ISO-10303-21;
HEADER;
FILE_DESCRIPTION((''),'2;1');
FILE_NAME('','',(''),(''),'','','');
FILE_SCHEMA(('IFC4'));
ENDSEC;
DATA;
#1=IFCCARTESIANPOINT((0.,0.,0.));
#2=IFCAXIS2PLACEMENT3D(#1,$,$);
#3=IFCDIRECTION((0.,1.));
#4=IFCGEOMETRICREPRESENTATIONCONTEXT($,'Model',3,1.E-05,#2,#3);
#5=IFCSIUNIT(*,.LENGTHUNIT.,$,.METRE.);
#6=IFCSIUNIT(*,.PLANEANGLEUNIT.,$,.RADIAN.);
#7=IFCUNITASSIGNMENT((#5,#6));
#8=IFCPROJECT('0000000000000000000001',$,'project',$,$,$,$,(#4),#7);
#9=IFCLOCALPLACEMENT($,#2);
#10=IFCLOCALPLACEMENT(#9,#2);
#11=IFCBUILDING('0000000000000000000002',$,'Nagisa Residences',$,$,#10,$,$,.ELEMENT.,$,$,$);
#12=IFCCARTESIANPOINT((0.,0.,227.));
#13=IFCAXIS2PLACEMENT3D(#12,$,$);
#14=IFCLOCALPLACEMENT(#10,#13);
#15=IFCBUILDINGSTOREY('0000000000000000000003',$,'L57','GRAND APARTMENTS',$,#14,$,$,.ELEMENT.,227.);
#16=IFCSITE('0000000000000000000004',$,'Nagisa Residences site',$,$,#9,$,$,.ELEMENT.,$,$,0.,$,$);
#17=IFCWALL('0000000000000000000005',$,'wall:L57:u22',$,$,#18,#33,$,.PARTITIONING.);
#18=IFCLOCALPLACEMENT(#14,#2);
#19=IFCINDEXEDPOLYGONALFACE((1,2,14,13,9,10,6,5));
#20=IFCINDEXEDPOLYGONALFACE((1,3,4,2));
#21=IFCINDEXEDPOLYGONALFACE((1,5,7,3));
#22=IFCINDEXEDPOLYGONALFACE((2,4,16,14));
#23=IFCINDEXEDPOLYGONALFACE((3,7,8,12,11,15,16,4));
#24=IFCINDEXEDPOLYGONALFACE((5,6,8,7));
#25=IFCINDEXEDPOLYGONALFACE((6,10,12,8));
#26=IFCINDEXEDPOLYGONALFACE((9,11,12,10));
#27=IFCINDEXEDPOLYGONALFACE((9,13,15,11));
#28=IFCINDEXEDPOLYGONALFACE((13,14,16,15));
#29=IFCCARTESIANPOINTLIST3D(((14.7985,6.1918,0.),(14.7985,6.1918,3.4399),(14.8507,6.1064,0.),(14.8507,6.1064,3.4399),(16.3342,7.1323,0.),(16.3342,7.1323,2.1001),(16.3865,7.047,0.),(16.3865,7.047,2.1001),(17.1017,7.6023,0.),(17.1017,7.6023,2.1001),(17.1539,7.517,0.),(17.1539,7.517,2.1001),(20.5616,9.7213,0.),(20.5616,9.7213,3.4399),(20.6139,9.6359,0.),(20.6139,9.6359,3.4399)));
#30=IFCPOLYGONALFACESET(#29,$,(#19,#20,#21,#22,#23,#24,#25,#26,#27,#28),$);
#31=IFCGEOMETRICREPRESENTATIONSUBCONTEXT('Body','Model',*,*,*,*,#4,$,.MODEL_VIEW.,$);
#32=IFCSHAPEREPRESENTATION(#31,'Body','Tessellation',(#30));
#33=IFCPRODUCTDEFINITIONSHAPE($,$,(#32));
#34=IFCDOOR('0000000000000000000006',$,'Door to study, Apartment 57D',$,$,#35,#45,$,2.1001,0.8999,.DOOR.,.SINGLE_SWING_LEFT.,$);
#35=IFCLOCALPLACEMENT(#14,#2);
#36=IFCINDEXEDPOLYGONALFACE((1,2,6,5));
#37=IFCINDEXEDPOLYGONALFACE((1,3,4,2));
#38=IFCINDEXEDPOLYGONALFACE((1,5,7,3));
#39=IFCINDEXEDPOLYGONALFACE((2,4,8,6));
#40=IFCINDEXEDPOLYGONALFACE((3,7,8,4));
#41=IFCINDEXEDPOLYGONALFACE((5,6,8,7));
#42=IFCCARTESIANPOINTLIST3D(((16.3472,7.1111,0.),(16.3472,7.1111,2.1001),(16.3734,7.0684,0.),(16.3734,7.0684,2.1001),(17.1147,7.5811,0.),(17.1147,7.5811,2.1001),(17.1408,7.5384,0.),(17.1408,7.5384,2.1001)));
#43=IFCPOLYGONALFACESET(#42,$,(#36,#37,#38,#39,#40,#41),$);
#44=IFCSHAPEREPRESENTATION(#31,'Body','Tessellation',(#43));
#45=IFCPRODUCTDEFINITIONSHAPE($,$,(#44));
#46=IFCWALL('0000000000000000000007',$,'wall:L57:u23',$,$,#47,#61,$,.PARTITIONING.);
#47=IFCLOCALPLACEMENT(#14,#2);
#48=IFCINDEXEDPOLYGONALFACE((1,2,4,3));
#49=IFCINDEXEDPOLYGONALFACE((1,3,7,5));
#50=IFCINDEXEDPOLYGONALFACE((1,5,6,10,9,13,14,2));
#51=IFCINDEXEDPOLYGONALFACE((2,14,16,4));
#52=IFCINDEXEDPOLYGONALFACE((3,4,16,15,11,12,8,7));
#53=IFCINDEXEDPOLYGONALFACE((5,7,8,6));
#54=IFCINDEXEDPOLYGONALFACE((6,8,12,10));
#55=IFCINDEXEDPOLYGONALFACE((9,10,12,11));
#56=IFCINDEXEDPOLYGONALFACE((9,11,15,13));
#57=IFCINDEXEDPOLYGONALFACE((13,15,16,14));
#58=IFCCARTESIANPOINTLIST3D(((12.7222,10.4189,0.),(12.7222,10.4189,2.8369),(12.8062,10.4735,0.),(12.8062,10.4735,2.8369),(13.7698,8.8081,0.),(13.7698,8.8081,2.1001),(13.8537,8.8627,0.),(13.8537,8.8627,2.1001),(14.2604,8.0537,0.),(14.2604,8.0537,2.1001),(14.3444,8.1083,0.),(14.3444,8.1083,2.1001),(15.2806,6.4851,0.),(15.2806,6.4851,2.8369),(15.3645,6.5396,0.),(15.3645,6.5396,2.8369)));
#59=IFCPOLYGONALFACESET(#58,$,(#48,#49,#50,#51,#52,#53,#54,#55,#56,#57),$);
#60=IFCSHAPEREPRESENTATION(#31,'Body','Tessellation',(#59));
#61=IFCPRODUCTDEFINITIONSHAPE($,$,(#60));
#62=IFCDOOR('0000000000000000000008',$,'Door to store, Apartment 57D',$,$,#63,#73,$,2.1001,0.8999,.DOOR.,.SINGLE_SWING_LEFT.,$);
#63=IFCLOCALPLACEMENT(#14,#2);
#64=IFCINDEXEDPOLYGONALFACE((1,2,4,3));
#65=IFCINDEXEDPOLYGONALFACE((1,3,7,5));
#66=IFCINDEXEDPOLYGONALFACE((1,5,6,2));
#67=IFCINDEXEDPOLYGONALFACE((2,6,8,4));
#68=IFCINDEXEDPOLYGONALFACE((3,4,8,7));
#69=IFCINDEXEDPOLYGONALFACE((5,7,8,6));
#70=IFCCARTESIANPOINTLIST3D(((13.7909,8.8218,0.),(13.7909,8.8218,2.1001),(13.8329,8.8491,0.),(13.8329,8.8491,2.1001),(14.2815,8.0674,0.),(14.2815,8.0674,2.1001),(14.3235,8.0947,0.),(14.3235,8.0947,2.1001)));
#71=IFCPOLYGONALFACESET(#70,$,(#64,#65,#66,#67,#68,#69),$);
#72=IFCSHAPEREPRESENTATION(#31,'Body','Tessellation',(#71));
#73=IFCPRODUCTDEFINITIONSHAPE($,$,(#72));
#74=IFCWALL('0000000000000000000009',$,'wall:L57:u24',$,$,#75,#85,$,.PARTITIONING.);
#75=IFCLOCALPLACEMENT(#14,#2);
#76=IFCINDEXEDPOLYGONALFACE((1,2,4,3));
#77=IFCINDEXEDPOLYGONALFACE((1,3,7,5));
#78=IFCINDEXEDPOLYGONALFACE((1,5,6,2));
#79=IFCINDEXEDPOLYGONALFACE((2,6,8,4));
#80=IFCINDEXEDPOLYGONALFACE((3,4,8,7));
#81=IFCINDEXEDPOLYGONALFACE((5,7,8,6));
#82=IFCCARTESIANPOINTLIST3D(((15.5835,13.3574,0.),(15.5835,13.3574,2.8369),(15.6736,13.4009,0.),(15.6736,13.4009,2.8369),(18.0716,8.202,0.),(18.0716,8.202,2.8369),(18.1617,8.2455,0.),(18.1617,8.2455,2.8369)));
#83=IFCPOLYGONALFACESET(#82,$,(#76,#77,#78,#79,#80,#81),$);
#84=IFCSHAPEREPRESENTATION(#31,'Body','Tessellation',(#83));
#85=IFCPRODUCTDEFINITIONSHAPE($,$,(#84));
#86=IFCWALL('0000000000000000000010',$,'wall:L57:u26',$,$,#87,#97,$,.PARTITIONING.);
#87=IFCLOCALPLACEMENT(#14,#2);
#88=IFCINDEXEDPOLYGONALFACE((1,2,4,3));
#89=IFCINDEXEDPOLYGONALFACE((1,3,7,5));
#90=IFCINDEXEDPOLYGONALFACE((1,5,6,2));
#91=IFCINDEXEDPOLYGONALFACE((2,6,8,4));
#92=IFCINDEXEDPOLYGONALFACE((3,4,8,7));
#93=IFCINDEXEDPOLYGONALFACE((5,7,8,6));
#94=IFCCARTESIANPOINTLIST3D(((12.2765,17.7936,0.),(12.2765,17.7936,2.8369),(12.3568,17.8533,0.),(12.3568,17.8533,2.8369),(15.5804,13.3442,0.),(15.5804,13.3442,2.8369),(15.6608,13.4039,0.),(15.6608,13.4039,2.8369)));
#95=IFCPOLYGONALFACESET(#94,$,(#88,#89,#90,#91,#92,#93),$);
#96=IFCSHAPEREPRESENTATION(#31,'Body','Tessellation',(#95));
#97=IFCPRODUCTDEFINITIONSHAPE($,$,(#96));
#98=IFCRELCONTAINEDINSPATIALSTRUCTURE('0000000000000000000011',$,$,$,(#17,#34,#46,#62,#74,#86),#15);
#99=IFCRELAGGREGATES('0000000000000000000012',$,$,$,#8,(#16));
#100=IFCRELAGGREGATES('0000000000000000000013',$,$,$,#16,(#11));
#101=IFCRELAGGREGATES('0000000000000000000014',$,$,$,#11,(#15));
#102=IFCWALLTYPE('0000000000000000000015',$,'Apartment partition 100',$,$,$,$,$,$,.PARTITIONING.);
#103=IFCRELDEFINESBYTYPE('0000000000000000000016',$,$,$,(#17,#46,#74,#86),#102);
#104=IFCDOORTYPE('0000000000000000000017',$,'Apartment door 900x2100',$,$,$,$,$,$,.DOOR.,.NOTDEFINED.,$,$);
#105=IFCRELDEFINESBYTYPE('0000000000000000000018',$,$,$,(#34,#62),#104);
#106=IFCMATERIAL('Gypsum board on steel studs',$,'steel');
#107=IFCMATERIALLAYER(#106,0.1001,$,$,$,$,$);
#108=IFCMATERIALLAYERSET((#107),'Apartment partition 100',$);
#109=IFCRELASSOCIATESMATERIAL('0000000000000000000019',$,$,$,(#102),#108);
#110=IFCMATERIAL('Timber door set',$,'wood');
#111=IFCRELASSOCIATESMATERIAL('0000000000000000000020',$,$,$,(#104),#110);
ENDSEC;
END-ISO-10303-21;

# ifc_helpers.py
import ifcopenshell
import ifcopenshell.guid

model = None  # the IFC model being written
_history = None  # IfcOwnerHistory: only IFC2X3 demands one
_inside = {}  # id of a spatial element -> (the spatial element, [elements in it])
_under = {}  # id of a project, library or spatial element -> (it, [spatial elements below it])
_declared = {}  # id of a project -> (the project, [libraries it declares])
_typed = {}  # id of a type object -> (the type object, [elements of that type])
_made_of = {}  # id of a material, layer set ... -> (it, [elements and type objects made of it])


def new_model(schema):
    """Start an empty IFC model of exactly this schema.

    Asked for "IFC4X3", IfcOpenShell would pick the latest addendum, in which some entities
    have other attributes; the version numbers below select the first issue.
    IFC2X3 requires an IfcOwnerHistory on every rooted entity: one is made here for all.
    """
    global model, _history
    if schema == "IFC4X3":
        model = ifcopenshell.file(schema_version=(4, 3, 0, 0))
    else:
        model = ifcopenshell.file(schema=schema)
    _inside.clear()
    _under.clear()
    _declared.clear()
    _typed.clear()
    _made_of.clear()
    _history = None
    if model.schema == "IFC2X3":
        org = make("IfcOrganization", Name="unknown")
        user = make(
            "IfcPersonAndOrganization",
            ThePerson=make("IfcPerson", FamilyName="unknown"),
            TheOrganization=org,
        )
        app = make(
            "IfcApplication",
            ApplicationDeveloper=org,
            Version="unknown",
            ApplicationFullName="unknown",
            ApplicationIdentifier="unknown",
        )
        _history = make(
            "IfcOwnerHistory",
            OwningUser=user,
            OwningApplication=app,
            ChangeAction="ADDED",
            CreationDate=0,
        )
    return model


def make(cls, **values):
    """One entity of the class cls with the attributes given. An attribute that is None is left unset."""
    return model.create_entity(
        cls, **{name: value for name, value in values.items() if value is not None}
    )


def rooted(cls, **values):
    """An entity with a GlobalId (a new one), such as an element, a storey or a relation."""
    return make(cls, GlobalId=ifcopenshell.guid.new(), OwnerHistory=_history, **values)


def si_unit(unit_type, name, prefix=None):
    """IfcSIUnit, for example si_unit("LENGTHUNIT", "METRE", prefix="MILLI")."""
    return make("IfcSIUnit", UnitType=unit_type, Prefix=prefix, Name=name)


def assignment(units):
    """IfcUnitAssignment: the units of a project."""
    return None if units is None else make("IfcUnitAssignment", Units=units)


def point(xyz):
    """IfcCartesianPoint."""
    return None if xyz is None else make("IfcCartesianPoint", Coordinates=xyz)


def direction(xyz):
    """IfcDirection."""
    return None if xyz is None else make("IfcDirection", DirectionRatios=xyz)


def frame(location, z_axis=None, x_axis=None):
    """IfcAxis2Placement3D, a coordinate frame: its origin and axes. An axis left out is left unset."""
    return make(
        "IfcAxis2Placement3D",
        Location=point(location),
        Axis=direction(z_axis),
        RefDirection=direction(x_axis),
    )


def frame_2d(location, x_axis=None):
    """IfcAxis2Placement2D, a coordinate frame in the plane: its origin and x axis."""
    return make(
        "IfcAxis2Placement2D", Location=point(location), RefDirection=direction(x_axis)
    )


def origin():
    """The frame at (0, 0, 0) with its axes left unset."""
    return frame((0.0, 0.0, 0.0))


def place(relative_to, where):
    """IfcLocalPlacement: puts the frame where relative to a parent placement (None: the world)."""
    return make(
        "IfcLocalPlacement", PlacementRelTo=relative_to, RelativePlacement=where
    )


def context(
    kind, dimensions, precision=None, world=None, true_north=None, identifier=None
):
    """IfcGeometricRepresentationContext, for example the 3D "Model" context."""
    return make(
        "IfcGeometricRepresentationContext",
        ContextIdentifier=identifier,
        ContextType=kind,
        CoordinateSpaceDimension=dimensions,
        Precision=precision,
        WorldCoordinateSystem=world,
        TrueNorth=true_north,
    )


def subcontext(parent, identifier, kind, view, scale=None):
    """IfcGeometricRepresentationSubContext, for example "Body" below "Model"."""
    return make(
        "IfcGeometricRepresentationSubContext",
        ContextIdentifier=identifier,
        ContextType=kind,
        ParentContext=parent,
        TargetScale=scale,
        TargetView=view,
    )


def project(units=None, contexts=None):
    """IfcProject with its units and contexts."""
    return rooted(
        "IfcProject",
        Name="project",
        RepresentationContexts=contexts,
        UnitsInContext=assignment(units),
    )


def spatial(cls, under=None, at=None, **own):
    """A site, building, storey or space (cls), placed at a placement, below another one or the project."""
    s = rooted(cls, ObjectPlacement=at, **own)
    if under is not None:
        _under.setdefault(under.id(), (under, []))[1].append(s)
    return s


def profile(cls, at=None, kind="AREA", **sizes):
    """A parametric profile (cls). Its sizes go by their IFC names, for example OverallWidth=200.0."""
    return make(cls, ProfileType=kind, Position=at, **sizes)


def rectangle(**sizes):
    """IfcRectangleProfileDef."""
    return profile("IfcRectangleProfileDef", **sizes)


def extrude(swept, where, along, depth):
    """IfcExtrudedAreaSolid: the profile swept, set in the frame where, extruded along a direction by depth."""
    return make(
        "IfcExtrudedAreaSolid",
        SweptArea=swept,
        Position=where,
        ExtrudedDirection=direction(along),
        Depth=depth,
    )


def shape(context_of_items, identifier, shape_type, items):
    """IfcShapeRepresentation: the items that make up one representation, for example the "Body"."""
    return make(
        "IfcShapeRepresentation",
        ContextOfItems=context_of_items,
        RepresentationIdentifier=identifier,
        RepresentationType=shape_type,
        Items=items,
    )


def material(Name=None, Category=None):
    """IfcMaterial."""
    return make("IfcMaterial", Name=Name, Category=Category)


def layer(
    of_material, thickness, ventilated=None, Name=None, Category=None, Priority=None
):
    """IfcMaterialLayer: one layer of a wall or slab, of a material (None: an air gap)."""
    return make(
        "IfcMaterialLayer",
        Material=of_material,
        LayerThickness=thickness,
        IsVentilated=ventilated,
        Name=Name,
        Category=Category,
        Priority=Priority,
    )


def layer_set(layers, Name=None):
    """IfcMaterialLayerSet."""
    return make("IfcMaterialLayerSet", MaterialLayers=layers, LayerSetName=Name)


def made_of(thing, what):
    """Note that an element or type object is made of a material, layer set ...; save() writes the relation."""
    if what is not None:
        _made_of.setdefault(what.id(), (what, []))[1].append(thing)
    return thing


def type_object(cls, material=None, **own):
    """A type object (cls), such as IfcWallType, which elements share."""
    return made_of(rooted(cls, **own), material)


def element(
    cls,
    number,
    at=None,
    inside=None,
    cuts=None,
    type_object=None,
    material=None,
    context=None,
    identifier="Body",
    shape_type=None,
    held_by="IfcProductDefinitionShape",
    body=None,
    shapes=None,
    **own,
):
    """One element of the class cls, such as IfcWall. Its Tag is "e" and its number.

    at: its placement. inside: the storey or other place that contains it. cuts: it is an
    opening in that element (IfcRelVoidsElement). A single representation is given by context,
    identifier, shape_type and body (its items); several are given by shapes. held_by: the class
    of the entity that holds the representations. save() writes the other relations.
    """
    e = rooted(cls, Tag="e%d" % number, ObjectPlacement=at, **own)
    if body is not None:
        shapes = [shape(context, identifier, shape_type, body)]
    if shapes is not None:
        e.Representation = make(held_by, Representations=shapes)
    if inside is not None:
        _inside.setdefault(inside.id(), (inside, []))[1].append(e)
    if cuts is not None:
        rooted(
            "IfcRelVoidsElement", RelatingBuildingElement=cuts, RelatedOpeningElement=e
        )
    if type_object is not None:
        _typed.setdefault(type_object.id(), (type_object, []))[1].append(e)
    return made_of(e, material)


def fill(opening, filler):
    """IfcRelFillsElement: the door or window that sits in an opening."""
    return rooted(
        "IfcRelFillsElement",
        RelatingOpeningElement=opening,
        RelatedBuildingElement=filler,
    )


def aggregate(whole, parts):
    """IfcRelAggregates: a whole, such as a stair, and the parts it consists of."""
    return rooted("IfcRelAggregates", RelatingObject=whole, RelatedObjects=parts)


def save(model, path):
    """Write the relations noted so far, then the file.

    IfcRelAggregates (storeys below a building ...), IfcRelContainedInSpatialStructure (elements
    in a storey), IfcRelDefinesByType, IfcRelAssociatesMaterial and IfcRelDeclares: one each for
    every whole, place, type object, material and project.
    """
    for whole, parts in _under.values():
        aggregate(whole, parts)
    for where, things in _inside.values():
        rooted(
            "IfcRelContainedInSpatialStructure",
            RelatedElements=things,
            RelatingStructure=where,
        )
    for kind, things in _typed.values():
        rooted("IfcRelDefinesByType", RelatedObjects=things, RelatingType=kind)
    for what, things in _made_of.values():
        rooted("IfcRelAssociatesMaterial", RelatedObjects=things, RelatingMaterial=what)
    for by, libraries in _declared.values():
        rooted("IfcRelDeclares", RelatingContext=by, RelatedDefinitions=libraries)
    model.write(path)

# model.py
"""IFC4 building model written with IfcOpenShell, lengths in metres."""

from ifc_helpers import new_model, si_unit, direction, frame, frame_2d, origin, place, context, subcontext, project, spatial, rectangle, extrude, material, layer, layer_set, type_object, element, fill, save


model = new_model("IFC4")

# Units and contexts
model_context = context("Model", 3, precision=1e-05, world=origin(), true_north=direction((0.0, 1.0)))
body_context = subcontext(model_context, "Body", "Model", "MODEL_VIEW")
ifc_project = project(units=[si_unit("LENGTHUNIT", "METRE"), si_unit("PLANEANGLEUNIT", "RADIAN")], contexts=[model_context])

# Site, building, storey
site_placement = place(None, origin())
site = spatial("IfcSite", under=ifc_project, at=site_placement, Name="Nagisa Residences site", CompositionType="ELEMENT", RefElevation=0.0)
building_placement = place(site_placement, origin())
building = spatial("IfcBuilding", under=site, at=building_placement, Name="Nagisa Residences", CompositionType="ELEMENT")
storey_placement = place(building_placement, frame((0.0, 0.0, 227.0)))
storey = spatial("IfcBuildingStorey", under=building, at=storey_placement, Name="L57", Description="GRAND APARTMENTS", CompositionType="ELEMENT", Elevation=227.0)

# Shared definitions
ifc_material_1 = material(Name="Gypsum board on steel studs", Category="steel")
ifc_layer_1 = layer(ifc_material_1, 0.1001)
ifc_layer_set_1 = layer_set([ifc_layer_1], Name="Apartment partition 100")
wall_type_1 = type_object("IfcWallType", Name="Apartment partition 100", PredefinedType="PARTITIONING", material=ifc_layer_set_1)

# Shared definitions
ifc_material_2 = material(Name="Timber door set", Category="wood")
door_type_1 = type_object("IfcDoorType", Name="Apartment door 900x2100", OperationType="NOTDEFINED", PredefinedType="DOOR", material=ifc_material_2)

# Walls, openings, doors
wall_1_placement = place(storey_placement, frame((14.8247, 6.1492, 0.0), z_axis=(0.0, 0.0, 1.0), x_axis=(0.852781, 0.522268, 0.0)))
wall_1 = element("IfcWall", 1, at=wall_1_placement, inside=storey, type_object=wall_type_1, Name="wall:L57:u22", PredefinedType="PARTITIONING", context=body_context, shape_type="SweptSolid", body=[
    extrude(rectangle(XDim=6.7581, YDim=0.1001, at=frame_2d((3.3789, 0.0))), origin(), (0.0, 0.0, 1.0), 3.4399),
])
opening_1_placement = place(wall_1_placement, frame((1.8008, 0.0, 0.0)))
opening_1 = element("IfcOpeningElement", 2, at=opening_1_placement, cuts=wall_1, PredefinedType="OPENING", context=body_context, shape_type="SweptSolid", body=[
    extrude(rectangle(XDim=0.8999, YDim=2.1001, at=frame_2d((0.45, 1.05))), frame((0.0, 0.0601, 0.0), z_axis=(0.0, -1.0, 0.0), x_axis=(1.0, 0.0, 0.0)), (0.0, 0.0, 1.0), 0.1201),
])
door_1_placement = place(opening_1_placement, frame((0.8999, 0.0, 0.0), x_axis=(-1.0, 0.0, 0.0)))
door_1 = element("IfcDoor", 3, at=door_1_placement, inside=storey, type_object=door_type_1, Name="Door to study, Apartment 57D", OperationType="SINGLE_SWING_LEFT", OverallHeight=2.1001, OverallWidth=0.8999, PredefinedType="DOOR", context=body_context, shape_type="SweptSolid", body=[
    extrude(rectangle(XDim=0.8999, YDim=2.1001, at=frame_2d((0.45, 1.05))), frame((0.0, 0.0249, 0.0), z_axis=(0.0, -1.0, 0.0), x_axis=(1.0, 0.0, 0.0)), (0.0, 0.0, 1.0), 0.05),
])
fill(opening_1, door_1)
wall_2_placement = place(storey_placement, frame((15.3225, 6.5125, 0.0), z_axis=(0.0, 0.0, 1.0), x_axis=(-0.545191, 0.838312, 0.0)))
wall_2 = element("IfcWall", 4, at=wall_2_placement, inside=storey, type_object=wall_type_1, Name="wall:L57:u23", PredefinedType="PARTITIONING", context=body_context, shape_type="SweptSolid", body=[
    extrude(rectangle(XDim=4.6926, YDim=0.1001, at=frame_2d((2.3462, 0.0))), origin(), (0.0, 0.0, 1.0), 2.8369),
])
opening_2_placement = place(wall_2_placement, frame((1.8711, 0.0, 0.0)))
opening_2 = element("IfcOpeningElement", 5, at=opening_2_placement, cuts=wall_2, PredefinedType="OPENING", context=body_context, shape_type="SweptSolid", body=[
    extrude(rectangle(XDim=0.8999, YDim=2.1001, at=frame_2d((0.45, 1.05))), frame((0.0, 0.0601, 0.0), z_axis=(0.0, -1.0, 0.0), x_axis=(1.0, 0.0, 0.0)), (0.0, 0.0, 1.0), 0.1201),
])
door_2_placement = place(opening_2_placement, origin())
door_2 = element("IfcDoor", 6, at=door_2_placement, inside=storey, type_object=door_type_1, Name="Door to store, Apartment 57D", OperationType="SINGLE_SWING_LEFT", OverallHeight=2.1001, OverallWidth=0.8999, PredefinedType="DOOR", context=body_context, shape_type="SweptSolid", body=[
    extrude(rectangle(XDim=0.8999, YDim=2.1001, at=frame_2d((0.45, 1.05))), frame((0.0, 0.0249, 0.0), z_axis=(0.0, -1.0, 0.0), x_axis=(1.0, 0.0, 0.0)), (0.0, 0.0, 1.0), 0.05),
])
fill(opening_2, door_2)

# Walls
wall_3_placement = place(storey_placement, frame((18.1167, 8.2236, 0.0), z_axis=(0.0, 0.0, 1.0), x_axis=(-0.434648, 0.900601, 0.0)))
element("IfcWall", 7, at=wall_3_placement, inside=storey, type_object=wall_type_1, Name="wall:L57:u24", PredefinedType="PARTITIONING", context=body_context, shape_type="SweptSolid", body=[
    extrude(rectangle(XDim=5.7244, YDim=0.1001, at=frame_2d((2.8623, 0.0))), origin(), (0.0, 0.0, 1.0), 2.8369),
])
wall_4_placement = place(storey_placement, frame((15.6206, 13.374, 0.0), z_axis=(0.0, 0.0, 1.0), x_axis=(-0.596166, 0.802861, 0.0)))
element("IfcWall", 8, at=wall_4_placement, inside=storey, type_object=wall_type_1, Name="wall:L57:u26", PredefinedType="PARTITIONING", context=body_context, shape_type="SweptSolid", body=[
    extrude(rectangle(XDim=5.542, YDim=0.1001, at=frame_2d((2.771, 0.0))), origin(), (0.0, 0.0, 1.0), 2.8369),
])

save(model, "model.ifc")
